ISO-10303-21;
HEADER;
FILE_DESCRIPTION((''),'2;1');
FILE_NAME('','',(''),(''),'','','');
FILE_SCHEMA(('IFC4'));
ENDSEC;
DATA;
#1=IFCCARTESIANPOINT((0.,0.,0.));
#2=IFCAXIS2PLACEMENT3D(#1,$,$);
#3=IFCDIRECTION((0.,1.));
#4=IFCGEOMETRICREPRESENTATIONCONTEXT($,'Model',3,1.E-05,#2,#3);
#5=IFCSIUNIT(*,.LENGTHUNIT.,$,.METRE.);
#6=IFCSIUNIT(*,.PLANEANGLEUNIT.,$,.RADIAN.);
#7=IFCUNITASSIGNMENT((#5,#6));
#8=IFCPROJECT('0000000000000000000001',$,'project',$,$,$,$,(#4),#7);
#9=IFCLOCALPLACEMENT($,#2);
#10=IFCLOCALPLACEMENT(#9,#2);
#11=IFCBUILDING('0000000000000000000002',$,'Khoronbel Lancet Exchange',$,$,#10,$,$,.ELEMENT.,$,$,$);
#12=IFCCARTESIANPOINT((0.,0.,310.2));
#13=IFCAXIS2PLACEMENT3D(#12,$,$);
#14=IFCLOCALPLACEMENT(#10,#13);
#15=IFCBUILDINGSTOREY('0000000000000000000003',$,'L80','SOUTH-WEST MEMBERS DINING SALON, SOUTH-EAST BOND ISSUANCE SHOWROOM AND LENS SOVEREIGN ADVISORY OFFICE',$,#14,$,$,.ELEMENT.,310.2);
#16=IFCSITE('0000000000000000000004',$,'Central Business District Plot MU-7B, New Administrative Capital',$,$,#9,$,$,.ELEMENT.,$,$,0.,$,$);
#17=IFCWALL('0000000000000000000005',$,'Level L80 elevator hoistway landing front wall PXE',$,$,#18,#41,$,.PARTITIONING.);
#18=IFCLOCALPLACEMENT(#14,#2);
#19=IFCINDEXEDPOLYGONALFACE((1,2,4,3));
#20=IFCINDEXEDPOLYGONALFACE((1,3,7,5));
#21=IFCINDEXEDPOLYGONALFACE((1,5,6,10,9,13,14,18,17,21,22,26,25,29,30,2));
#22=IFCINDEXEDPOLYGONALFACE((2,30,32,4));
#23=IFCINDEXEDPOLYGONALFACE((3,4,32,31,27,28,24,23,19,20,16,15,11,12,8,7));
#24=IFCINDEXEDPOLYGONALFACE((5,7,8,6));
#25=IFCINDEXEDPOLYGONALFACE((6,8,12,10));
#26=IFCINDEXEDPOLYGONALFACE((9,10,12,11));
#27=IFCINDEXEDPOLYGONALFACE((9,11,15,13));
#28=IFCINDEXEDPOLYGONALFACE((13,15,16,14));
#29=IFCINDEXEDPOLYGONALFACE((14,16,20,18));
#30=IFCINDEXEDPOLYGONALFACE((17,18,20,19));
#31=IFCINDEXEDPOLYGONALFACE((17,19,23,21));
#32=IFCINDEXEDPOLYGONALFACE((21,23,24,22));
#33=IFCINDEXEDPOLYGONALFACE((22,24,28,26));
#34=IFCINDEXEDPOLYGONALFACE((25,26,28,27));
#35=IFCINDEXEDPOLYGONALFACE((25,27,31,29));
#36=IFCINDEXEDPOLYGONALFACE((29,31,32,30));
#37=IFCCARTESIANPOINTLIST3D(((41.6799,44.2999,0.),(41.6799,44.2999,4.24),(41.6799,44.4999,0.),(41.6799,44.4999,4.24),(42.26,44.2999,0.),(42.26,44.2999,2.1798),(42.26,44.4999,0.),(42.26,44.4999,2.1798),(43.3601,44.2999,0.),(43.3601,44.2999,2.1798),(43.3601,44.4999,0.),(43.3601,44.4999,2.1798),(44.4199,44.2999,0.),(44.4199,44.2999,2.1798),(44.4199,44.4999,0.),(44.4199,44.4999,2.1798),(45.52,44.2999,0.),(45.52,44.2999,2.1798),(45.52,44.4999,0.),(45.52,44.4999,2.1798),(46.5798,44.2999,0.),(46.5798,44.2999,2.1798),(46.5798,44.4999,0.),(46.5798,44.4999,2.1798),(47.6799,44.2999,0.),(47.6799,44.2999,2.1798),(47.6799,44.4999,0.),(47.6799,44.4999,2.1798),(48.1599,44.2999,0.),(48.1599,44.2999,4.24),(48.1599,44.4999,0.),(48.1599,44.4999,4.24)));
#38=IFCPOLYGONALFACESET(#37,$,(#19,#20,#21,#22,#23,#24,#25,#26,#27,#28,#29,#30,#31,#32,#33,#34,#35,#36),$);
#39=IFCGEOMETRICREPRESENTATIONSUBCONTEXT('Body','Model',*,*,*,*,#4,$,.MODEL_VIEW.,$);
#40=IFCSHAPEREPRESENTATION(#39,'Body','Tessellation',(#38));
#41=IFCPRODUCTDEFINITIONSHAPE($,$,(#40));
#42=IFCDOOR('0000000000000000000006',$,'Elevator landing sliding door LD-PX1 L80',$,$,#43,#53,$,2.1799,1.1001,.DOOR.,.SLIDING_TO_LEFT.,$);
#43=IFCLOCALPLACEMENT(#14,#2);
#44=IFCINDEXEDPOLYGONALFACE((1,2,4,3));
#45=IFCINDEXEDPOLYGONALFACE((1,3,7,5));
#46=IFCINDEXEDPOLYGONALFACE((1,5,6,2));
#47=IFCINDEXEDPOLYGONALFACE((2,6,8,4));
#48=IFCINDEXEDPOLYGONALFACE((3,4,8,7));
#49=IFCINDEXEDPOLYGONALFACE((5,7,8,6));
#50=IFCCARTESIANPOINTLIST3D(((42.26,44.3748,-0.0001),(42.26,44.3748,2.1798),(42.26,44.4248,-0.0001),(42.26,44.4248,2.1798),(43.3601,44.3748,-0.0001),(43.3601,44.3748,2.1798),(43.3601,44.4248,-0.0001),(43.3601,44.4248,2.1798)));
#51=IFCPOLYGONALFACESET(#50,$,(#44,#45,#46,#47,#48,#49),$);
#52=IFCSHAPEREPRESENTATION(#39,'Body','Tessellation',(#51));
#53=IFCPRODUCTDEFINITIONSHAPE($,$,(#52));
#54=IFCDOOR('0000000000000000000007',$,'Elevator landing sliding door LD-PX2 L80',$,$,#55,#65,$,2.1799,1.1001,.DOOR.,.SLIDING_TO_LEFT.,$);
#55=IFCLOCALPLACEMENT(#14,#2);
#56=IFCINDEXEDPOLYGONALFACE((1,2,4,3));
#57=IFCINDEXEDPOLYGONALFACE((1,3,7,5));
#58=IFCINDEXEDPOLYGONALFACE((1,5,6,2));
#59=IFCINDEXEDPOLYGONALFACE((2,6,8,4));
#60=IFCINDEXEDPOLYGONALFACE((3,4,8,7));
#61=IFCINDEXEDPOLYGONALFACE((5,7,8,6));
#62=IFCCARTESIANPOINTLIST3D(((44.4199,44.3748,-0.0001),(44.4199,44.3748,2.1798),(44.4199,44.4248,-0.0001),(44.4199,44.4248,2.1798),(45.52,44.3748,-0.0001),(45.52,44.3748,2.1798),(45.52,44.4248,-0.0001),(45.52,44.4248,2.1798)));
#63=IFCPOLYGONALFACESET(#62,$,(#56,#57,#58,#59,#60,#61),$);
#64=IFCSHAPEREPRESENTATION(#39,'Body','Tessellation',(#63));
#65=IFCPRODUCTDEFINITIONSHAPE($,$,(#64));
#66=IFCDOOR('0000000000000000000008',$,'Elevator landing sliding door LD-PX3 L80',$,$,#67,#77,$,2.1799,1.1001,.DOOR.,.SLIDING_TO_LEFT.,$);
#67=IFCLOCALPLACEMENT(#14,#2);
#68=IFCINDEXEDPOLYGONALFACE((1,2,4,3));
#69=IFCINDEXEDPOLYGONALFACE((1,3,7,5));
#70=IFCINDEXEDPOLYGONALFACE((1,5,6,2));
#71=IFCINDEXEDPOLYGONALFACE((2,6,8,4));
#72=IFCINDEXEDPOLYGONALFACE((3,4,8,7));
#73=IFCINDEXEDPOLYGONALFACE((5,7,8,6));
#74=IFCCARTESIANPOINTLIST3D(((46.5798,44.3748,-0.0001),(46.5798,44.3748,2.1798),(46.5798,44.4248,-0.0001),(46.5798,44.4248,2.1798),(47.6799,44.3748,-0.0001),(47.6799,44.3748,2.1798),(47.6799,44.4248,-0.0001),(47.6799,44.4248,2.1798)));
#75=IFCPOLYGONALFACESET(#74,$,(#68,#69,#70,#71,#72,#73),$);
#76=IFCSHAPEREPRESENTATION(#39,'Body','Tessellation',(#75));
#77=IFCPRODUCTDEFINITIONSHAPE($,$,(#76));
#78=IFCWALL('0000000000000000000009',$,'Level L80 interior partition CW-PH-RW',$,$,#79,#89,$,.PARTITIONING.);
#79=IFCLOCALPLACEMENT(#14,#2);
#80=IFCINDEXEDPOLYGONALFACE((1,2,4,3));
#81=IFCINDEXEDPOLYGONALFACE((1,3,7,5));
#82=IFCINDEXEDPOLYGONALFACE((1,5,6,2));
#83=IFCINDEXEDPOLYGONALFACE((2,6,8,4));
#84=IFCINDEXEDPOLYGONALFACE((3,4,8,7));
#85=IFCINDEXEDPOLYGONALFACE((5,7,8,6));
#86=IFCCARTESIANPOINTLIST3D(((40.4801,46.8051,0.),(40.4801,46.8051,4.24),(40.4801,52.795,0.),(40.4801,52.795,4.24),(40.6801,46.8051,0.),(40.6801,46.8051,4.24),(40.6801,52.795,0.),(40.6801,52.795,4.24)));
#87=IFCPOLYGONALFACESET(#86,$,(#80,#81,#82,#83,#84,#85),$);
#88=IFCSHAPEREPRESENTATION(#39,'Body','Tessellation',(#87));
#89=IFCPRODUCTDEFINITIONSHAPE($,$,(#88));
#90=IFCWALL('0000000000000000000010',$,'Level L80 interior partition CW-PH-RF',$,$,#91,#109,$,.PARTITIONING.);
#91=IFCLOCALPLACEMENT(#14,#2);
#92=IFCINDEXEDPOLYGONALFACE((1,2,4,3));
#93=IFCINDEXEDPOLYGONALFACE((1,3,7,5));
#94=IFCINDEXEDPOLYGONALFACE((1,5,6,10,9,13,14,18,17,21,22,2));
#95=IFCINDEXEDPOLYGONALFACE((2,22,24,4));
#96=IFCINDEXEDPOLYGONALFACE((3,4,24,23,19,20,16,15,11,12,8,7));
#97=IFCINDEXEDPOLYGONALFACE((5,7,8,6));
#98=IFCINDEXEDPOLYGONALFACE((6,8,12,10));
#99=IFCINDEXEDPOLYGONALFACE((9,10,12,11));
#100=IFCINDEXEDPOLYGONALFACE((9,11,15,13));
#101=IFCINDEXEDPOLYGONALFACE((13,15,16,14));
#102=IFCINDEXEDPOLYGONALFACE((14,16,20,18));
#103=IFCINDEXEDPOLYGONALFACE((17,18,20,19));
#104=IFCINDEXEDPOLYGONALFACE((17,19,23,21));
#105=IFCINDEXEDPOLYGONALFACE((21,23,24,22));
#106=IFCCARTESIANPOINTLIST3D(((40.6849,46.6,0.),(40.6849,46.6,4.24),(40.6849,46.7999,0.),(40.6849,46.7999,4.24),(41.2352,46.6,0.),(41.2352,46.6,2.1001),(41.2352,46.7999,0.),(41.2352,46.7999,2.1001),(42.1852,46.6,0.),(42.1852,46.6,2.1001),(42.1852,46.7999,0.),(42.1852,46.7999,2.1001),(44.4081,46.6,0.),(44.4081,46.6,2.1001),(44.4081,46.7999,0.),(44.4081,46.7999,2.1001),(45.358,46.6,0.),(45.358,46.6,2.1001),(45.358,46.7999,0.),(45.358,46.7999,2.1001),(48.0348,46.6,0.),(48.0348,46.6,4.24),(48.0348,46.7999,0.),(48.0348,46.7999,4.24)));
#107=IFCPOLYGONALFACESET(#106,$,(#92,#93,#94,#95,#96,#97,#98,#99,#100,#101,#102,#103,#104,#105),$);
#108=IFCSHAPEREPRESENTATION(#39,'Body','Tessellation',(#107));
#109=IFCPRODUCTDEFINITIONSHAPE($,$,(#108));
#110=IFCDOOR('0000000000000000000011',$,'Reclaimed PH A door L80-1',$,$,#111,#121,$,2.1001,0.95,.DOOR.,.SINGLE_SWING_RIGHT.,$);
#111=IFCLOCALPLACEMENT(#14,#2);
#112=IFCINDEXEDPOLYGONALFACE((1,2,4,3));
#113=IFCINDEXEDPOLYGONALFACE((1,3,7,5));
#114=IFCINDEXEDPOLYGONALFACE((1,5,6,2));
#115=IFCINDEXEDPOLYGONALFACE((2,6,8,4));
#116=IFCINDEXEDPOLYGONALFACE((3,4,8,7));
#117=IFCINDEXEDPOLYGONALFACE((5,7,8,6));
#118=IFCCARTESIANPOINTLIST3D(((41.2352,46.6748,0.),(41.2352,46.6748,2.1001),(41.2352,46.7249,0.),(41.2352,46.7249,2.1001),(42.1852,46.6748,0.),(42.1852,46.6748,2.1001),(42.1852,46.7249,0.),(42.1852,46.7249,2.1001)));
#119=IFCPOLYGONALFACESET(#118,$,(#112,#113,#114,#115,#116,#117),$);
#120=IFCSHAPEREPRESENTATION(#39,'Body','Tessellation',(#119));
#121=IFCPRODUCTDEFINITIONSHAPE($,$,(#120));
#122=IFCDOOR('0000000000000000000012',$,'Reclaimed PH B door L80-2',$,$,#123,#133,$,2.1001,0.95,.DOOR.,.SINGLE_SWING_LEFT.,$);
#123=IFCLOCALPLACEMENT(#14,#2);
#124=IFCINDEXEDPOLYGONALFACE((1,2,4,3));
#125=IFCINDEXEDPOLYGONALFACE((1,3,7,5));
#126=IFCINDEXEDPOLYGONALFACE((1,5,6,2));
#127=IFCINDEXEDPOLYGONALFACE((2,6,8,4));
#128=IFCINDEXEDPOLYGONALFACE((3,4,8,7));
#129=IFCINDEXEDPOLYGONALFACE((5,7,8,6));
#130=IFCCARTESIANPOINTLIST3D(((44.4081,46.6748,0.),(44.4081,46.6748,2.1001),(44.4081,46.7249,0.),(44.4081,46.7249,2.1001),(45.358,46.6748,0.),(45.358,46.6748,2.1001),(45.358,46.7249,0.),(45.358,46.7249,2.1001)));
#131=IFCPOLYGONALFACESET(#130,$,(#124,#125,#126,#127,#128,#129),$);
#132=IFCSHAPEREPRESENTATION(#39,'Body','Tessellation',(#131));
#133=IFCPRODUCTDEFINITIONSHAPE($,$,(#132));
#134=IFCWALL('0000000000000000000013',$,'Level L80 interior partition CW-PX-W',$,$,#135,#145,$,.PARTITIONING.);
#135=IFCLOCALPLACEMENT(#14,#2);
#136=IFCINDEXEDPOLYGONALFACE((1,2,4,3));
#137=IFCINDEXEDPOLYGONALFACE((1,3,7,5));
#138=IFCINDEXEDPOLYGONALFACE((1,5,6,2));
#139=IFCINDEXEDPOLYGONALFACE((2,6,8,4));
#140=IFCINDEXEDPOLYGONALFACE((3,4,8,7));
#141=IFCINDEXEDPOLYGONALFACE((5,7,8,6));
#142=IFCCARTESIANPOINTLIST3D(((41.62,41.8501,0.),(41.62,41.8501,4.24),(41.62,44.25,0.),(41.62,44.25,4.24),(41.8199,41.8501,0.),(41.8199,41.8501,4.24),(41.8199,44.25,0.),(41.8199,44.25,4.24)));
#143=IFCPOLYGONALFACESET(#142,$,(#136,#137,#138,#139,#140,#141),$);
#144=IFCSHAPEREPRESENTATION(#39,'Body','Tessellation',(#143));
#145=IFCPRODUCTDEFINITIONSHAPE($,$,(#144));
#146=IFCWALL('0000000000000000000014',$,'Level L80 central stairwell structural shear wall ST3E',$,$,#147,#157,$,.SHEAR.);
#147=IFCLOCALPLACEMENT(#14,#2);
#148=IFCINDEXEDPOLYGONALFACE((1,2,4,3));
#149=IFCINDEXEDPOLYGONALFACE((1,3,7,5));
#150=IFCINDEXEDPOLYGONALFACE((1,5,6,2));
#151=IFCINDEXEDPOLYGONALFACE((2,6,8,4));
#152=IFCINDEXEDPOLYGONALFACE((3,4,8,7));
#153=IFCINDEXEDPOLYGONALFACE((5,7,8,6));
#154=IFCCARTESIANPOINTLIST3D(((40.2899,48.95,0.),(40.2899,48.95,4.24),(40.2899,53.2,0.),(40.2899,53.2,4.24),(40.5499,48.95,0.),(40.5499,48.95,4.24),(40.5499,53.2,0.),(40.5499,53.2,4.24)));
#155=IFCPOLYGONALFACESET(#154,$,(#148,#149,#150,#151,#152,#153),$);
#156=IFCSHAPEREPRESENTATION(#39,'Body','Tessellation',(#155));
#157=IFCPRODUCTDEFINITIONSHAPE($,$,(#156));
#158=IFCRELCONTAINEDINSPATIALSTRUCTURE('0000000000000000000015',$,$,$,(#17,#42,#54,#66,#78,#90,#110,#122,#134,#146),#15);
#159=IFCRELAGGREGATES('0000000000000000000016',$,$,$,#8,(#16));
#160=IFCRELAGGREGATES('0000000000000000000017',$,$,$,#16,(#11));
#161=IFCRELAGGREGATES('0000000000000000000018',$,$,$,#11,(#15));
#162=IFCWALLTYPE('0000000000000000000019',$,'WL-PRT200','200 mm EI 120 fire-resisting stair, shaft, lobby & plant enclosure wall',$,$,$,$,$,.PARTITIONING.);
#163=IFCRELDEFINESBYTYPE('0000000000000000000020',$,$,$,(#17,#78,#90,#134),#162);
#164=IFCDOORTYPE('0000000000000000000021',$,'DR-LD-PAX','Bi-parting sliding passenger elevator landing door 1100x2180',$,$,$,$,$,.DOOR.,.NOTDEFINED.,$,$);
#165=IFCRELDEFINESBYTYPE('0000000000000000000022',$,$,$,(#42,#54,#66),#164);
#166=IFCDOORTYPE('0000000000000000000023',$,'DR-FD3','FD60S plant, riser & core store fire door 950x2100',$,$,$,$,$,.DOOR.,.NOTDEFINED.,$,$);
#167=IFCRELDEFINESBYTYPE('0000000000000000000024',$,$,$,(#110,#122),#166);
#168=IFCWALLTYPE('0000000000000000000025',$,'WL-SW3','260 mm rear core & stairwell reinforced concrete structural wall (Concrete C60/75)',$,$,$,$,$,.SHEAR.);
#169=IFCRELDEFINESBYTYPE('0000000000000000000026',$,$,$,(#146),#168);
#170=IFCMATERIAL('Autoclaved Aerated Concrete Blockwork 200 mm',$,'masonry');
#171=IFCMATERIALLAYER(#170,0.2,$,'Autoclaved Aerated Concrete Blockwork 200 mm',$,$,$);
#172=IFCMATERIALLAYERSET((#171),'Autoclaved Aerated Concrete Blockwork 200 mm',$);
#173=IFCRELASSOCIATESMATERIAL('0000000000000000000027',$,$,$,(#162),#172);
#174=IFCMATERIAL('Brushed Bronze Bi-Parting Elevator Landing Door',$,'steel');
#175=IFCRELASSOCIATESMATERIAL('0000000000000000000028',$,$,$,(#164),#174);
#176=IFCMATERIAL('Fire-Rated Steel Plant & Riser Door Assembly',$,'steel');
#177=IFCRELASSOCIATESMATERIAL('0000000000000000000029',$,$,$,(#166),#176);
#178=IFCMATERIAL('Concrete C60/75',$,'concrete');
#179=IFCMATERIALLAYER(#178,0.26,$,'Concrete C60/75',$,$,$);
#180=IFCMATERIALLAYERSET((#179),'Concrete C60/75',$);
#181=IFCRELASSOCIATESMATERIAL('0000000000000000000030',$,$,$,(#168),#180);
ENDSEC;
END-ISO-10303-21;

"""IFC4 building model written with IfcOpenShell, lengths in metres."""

from ifc_helpers import new_model, si_unit, direction, frame, frame_2d, origin, place, context, subcontext, project, spatial, rectangle, extrude, material, layer, layer_set, type_object, element, fill, save


model = new_model("IFC4")

# Units and contexts
model_context = context("Model", 3, precision=1e-05, world=origin(), true_north=direction((0.0, 1.0)))
body_context = subcontext(model_context, "Body", "Model", "MODEL_VIEW")
ifc_project = project(units=[si_unit("LENGTHUNIT", "METRE"), si_unit("PLANEANGLEUNIT", "RADIAN")], contexts=[model_context])

# Site, building, storey
site_placement = place(None, origin())
site = spatial("IfcSite", under=ifc_project, at=site_placement, Name="Central Business District Plot MU-7B, New Administrative Capital", CompositionType="ELEMENT", RefElevation=0.0)
building_placement = place(site_placement, origin())
building = spatial("IfcBuilding", under=site, at=building_placement, Name="Khoronbel Lancet Exchange", CompositionType="ELEMENT")
storey_placement = place(building_placement, frame((0.0, 0.0, 310.2)))
storey = spatial("IfcBuildingStorey", under=building, at=storey_placement, Name="L80", Description="SOUTH-WEST MEMBERS DINING SALON, SOUTH-EAST BOND ISSUANCE SHOWROOM AND LENS SOVEREIGN ADVISORY OFFICE", CompositionType="ELEMENT", Elevation=310.2)

# Shared definitions
ifc_material_1 = material(Name="Concrete C60/75", Category="concrete")

# Wall, openings, doors
ifc_material_2 = material(Name="Autoclaved Aerated Concrete Blockwork 200 mm", Category="masonry")
ifc_layer_1 = layer(ifc_material_2, 0.2, Name="Autoclaved Aerated Concrete Blockwork 200 mm")
ifc_layer_set_1 = layer_set([ifc_layer_1], Name="Autoclaved Aerated Concrete Blockwork 200 mm")
wall_type_1 = type_object("IfcWallType", Name="WL-PRT200", Description="200 mm EI 120 fire-resisting stair, shaft, lobby & plant enclosure wall", PredefinedType="PARTITIONING", material=ifc_layer_set_1)
wall_1_placement = place(storey_placement, frame((41.6799, 44.3999, 0.0), z_axis=(0.0, 0.0, 1.0), x_axis=(1.0, 0.0, 0.0)))
wall_1 = element("IfcWall", 1, at=wall_1_placement, inside=storey, type_object=wall_type_1, Name="Level L80 elevator hoistway landing front wall PXE", PredefinedType="PARTITIONING", context=body_context, shape_type="SweptSolid", body=[
    extrude(rectangle(XDim=6.48, YDim=0.2, at=frame_2d((3.24, 0.0))), origin(), (0.0, 0.0, 1.0), 4.24),
])
opening_1_placement = place(wall_1_placement, frame((0.5801, 0.0, 0.0)))
opening_1 = element("IfcOpeningElement", 2, at=opening_1_placement, cuts=wall_1, PredefinedType="OPENING", context=body_context, shape_type="SweptSolid", body=[
    extrude(rectangle(XDim=1.1001, YDim=2.1799, at=frame_2d((0.55, 1.0898))), frame((0.0, 0.1099, 0.0), z_axis=(0.0, -1.0, 0.0), x_axis=(1.0, 0.0, 0.0)), (0.0, 0.0, 1.0), 0.22),
])
opening_2_placement = place(wall_1_placement, frame((2.74, 0.0, 0.0)))
opening_2 = element("IfcOpeningElement", 3, at=opening_2_placement, cuts=wall_1, PredefinedType="OPENING", context=body_context, shape_type="SweptSolid", body=[
    extrude(rectangle(XDim=1.1001, YDim=2.1799, at=frame_2d((0.55, 1.0898))), frame((0.0, 0.1099, 0.0), z_axis=(0.0, -1.0, 0.0), x_axis=(1.0, 0.0, 0.0)), (0.0, 0.0, 1.0), 0.22),
])
opening_3_placement = place(wall_1_placement, frame((4.8999, 0.0, 0.0)))
opening_3 = element("IfcOpeningElement", 4, at=opening_3_placement, cuts=wall_1, PredefinedType="OPENING", context=body_context, shape_type="SweptSolid", body=[
    extrude(rectangle(XDim=1.1001, YDim=2.1799, at=frame_2d((0.55, 1.0898))), frame((0.0, 0.1099, 0.0), z_axis=(0.0, -1.0, 0.0), x_axis=(1.0, 0.0, 0.0)), (0.0, 0.0, 1.0), 0.22),
])
ifc_material_3 = material(Name="Brushed Bronze Bi-Parting Elevator Landing Door", Category="steel")
door_type_1 = type_object("IfcDoorType", Name="DR-LD-PAX", Description="Bi-parting sliding passenger elevator landing door 1100x2180", OperationType="NOTDEFINED", PredefinedType="DOOR", material=ifc_material_3)
door_1_placement = place(opening_1_placement, origin())
door_1 = element("IfcDoor", 5, at=door_1_placement, inside=storey, type_object=door_type_1, Name="Elevator landing sliding door LD-PX1 L80", OperationType="SLIDING_TO_LEFT", OverallHeight=2.1799, OverallWidth=1.1001, PredefinedType="DOOR", context=body_context, shape_type="SweptSolid", body=[
    extrude(rectangle(XDim=1.1001, YDim=2.1799, at=frame_2d((0.55, 1.0898))), frame((0.0, 0.0249, 0.0), z_axis=(0.0, -1.0, 0.0), x_axis=(1.0, 0.0, 0.0)), (0.0, 0.0, 1.0), 0.05),
])
fill(opening_1, door_1)
door_2_placement = place(opening_2_placement, origin())
door_2 = element("IfcDoor", 6, at=door_2_placement, inside=storey, type_object=door_type_1, Name="Elevator landing sliding door LD-PX2 L80", OperationType="SLIDING_TO_LEFT", OverallHeight=2.1799, OverallWidth=1.1001, PredefinedType="DOOR", context=body_context, shape_type="SweptSolid", body=[
    extrude(rectangle(XDim=1.1001, YDim=2.1799, at=frame_2d((0.55, 1.0898))), frame((0.0, 0.0249, 0.0), z_axis=(0.0, -1.0, 0.0), x_axis=(1.0, 0.0, 0.0)), (0.0, 0.0, 1.0), 0.05),
])
fill(opening_2, door_2)
door_3_placement = place(opening_3_placement, origin())
door_3 = element("IfcDoor", 7, at=door_3_placement, inside=storey, type_object=door_type_1, Name="Elevator landing sliding door LD-PX3 L80", OperationType="SLIDING_TO_LEFT", OverallHeight=2.1799, OverallWidth=1.1001, PredefinedType="DOOR", context=body_context, shape_type="SweptSolid", body=[
    extrude(rectangle(XDim=1.1001, YDim=2.1799, at=frame_2d((0.55, 1.0898))), frame((0.0, 0.0249, 0.0), z_axis=(0.0, -1.0, 0.0), x_axis=(1.0, 0.0, 0.0)), (0.0, 0.0, 1.0), 0.05),
])
fill(opening_3, door_3)

# Wall
wall_2_placement = place(storey_placement, frame((40.5801, 46.8049, 0.0), z_axis=(0.0, 0.0, 1.0), x_axis=(0.0, 1.0, 0.0)))
element("IfcWall", 8, at=wall_2_placement, inside=storey, type_object=wall_type_1, Name="Level L80 interior partition CW-PH-RW", PredefinedType="PARTITIONING", context=body_context, shape_type="SweptSolid", body=[
    extrude(rectangle(XDim=5.99, YDim=0.2, at=frame_2d((2.9951, 0.0))), origin(), (0.0, 0.0, 1.0), 4.24),
])

# Wall, openings, doors
wall_3_placement = place(storey_placement, frame((40.6851, 46.7, 0.0), z_axis=(0.0, 0.0, 1.0), x_axis=(1.0, 0.0, 0.0)))
wall_3 = element("IfcWall", 9, at=wall_3_placement, inside=storey, type_object=wall_type_1, Name="Level L80 interior partition CW-PH-RF", PredefinedType="PARTITIONING", context=body_context, shape_type="SweptSolid", body=[
    extrude(rectangle(XDim=7.3499, YDim=0.2, at=frame_2d((3.6748, 0.0))), origin(), (0.0, 0.0, 1.0), 4.24),
])
opening_4_placement = place(wall_3_placement, frame((0.55, 0.0, 0.0)))
opening_4 = element("IfcOpeningElement", 10, at=opening_4_placement, cuts=wall_3, PredefinedType="OPENING", context=body_context, shape_type="SweptSolid", body=[
    extrude(rectangle(XDim=0.95, YDim=2.1001, at=frame_2d((0.4751, 1.05))), frame((0.0, 0.1099, 0.0), z_axis=(0.0, -1.0, 0.0), x_axis=(1.0, 0.0, 0.0)), (0.0, 0.0, 1.0), 0.22),
])
opening_5_placement = place(wall_3_placement, frame((3.7229, 0.0, 0.0)))
opening_5 = element("IfcOpeningElement", 11, at=opening_5_placement, cuts=wall_3, PredefinedType="OPENING", context=body_context, shape_type="SweptSolid", body=[
    extrude(rectangle(XDim=0.95, YDim=2.1001, at=frame_2d((0.4751, 1.05))), frame((0.0, 0.1099, 0.0), z_axis=(0.0, -1.0, 0.0), x_axis=(1.0, 0.0, 0.0)), (0.0, 0.0, 1.0), 0.22),
])
ifc_material_4 = material(Name="Fire-Rated Steel Plant & Riser Door Assembly", Category="steel")
door_type_2 = type_object("IfcDoorType", Name="DR-FD3", Description="FD60S plant, riser & core store fire door 950x2100", OperationType="NOTDEFINED", PredefinedType="DOOR", material=ifc_material_4)
door_4_placement = place(opening_4_placement, origin())
door_4 = element("IfcDoor", 12, at=door_4_placement, inside=storey, type_object=door_type_2, Name="Reclaimed PH A door L80-1", OperationType="SINGLE_SWING_RIGHT", OverallHeight=2.1001, OverallWidth=0.95, PredefinedType="DOOR", context=body_context, shape_type="SweptSolid", body=[
    extrude(rectangle(XDim=0.95, YDim=2.1001, at=frame_2d((0.4751, 1.05))), frame((0.0, 0.0249, 0.0), z_axis=(0.0, -1.0, 0.0), x_axis=(1.0, 0.0, 0.0)), (0.0, 0.0, 1.0), 0.05),
])
fill(opening_4, door_4)
door_5_placement = place(opening_5_placement, origin())
door_5 = element("IfcDoor", 13, at=door_5_placement, inside=storey, type_object=door_type_2, Name="Reclaimed PH B door L80-2", OperationType="SINGLE_SWING_LEFT", OverallHeight=2.1001, OverallWidth=0.95, PredefinedType="DOOR", context=body_context, shape_type="SweptSolid", body=[
    extrude(rectangle(XDim=0.95, YDim=2.1001, at=frame_2d((0.4751, 1.05))), frame((0.0, 0.0249, 0.0), z_axis=(0.0, -1.0, 0.0), x_axis=(1.0, 0.0, 0.0)), (0.0, 0.0, 1.0), 0.05),
])
fill(opening_5, door_5)

# Walls
wall_4_placement = place(storey_placement, frame((41.72, 41.8501, 0.0), z_axis=(0.0, 0.0, 1.0), x_axis=(0.0, 1.0, 0.0)))
element("IfcWall", 14, at=wall_4_placement, inside=storey, type_object=wall_type_1, Name="Level L80 interior partition CW-PX-W", PredefinedType="PARTITIONING", context=body_context, shape_type="SweptSolid", body=[
    extrude(rectangle(XDim=2.3999, YDim=0.2, at=frame_2d((1.2, 0.0))), origin(), (0.0, 0.0, 1.0), 4.24),
])
ifc_layer_2 = layer(ifc_material_1, 0.26, Name="Concrete C60/75")
ifc_layer_set_2 = layer_set([ifc_layer_2], Name="Concrete C60/75")
wall_type_2 = type_object("IfcWallType", Name="WL-SW3", Description="260 mm rear core & stairwell reinforced concrete structural wall (Concrete C60/75)", PredefinedType="SHEAR", material=ifc_layer_set_2)
wall_5_placement = place(storey_placement, frame((40.4199, 48.95, 0.0), z_axis=(0.0, 0.0, 1.0), x_axis=(0.0, 1.0, 0.0)))
element("IfcWall", 15, at=wall_5_placement, inside=storey, type_object=wall_type_2, Name="Level L80 central stairwell structural shear wall ST3E", PredefinedType="SHEAR", context=body_context, shape_type="SweptSolid", body=[
    extrude(rectangle(XDim=4.25, YDim=0.26, at=frame_2d((2.125, 0.0))), origin(), (0.0, 0.0, 1.0), 4.24),
])

save(model, "model.ifc")
